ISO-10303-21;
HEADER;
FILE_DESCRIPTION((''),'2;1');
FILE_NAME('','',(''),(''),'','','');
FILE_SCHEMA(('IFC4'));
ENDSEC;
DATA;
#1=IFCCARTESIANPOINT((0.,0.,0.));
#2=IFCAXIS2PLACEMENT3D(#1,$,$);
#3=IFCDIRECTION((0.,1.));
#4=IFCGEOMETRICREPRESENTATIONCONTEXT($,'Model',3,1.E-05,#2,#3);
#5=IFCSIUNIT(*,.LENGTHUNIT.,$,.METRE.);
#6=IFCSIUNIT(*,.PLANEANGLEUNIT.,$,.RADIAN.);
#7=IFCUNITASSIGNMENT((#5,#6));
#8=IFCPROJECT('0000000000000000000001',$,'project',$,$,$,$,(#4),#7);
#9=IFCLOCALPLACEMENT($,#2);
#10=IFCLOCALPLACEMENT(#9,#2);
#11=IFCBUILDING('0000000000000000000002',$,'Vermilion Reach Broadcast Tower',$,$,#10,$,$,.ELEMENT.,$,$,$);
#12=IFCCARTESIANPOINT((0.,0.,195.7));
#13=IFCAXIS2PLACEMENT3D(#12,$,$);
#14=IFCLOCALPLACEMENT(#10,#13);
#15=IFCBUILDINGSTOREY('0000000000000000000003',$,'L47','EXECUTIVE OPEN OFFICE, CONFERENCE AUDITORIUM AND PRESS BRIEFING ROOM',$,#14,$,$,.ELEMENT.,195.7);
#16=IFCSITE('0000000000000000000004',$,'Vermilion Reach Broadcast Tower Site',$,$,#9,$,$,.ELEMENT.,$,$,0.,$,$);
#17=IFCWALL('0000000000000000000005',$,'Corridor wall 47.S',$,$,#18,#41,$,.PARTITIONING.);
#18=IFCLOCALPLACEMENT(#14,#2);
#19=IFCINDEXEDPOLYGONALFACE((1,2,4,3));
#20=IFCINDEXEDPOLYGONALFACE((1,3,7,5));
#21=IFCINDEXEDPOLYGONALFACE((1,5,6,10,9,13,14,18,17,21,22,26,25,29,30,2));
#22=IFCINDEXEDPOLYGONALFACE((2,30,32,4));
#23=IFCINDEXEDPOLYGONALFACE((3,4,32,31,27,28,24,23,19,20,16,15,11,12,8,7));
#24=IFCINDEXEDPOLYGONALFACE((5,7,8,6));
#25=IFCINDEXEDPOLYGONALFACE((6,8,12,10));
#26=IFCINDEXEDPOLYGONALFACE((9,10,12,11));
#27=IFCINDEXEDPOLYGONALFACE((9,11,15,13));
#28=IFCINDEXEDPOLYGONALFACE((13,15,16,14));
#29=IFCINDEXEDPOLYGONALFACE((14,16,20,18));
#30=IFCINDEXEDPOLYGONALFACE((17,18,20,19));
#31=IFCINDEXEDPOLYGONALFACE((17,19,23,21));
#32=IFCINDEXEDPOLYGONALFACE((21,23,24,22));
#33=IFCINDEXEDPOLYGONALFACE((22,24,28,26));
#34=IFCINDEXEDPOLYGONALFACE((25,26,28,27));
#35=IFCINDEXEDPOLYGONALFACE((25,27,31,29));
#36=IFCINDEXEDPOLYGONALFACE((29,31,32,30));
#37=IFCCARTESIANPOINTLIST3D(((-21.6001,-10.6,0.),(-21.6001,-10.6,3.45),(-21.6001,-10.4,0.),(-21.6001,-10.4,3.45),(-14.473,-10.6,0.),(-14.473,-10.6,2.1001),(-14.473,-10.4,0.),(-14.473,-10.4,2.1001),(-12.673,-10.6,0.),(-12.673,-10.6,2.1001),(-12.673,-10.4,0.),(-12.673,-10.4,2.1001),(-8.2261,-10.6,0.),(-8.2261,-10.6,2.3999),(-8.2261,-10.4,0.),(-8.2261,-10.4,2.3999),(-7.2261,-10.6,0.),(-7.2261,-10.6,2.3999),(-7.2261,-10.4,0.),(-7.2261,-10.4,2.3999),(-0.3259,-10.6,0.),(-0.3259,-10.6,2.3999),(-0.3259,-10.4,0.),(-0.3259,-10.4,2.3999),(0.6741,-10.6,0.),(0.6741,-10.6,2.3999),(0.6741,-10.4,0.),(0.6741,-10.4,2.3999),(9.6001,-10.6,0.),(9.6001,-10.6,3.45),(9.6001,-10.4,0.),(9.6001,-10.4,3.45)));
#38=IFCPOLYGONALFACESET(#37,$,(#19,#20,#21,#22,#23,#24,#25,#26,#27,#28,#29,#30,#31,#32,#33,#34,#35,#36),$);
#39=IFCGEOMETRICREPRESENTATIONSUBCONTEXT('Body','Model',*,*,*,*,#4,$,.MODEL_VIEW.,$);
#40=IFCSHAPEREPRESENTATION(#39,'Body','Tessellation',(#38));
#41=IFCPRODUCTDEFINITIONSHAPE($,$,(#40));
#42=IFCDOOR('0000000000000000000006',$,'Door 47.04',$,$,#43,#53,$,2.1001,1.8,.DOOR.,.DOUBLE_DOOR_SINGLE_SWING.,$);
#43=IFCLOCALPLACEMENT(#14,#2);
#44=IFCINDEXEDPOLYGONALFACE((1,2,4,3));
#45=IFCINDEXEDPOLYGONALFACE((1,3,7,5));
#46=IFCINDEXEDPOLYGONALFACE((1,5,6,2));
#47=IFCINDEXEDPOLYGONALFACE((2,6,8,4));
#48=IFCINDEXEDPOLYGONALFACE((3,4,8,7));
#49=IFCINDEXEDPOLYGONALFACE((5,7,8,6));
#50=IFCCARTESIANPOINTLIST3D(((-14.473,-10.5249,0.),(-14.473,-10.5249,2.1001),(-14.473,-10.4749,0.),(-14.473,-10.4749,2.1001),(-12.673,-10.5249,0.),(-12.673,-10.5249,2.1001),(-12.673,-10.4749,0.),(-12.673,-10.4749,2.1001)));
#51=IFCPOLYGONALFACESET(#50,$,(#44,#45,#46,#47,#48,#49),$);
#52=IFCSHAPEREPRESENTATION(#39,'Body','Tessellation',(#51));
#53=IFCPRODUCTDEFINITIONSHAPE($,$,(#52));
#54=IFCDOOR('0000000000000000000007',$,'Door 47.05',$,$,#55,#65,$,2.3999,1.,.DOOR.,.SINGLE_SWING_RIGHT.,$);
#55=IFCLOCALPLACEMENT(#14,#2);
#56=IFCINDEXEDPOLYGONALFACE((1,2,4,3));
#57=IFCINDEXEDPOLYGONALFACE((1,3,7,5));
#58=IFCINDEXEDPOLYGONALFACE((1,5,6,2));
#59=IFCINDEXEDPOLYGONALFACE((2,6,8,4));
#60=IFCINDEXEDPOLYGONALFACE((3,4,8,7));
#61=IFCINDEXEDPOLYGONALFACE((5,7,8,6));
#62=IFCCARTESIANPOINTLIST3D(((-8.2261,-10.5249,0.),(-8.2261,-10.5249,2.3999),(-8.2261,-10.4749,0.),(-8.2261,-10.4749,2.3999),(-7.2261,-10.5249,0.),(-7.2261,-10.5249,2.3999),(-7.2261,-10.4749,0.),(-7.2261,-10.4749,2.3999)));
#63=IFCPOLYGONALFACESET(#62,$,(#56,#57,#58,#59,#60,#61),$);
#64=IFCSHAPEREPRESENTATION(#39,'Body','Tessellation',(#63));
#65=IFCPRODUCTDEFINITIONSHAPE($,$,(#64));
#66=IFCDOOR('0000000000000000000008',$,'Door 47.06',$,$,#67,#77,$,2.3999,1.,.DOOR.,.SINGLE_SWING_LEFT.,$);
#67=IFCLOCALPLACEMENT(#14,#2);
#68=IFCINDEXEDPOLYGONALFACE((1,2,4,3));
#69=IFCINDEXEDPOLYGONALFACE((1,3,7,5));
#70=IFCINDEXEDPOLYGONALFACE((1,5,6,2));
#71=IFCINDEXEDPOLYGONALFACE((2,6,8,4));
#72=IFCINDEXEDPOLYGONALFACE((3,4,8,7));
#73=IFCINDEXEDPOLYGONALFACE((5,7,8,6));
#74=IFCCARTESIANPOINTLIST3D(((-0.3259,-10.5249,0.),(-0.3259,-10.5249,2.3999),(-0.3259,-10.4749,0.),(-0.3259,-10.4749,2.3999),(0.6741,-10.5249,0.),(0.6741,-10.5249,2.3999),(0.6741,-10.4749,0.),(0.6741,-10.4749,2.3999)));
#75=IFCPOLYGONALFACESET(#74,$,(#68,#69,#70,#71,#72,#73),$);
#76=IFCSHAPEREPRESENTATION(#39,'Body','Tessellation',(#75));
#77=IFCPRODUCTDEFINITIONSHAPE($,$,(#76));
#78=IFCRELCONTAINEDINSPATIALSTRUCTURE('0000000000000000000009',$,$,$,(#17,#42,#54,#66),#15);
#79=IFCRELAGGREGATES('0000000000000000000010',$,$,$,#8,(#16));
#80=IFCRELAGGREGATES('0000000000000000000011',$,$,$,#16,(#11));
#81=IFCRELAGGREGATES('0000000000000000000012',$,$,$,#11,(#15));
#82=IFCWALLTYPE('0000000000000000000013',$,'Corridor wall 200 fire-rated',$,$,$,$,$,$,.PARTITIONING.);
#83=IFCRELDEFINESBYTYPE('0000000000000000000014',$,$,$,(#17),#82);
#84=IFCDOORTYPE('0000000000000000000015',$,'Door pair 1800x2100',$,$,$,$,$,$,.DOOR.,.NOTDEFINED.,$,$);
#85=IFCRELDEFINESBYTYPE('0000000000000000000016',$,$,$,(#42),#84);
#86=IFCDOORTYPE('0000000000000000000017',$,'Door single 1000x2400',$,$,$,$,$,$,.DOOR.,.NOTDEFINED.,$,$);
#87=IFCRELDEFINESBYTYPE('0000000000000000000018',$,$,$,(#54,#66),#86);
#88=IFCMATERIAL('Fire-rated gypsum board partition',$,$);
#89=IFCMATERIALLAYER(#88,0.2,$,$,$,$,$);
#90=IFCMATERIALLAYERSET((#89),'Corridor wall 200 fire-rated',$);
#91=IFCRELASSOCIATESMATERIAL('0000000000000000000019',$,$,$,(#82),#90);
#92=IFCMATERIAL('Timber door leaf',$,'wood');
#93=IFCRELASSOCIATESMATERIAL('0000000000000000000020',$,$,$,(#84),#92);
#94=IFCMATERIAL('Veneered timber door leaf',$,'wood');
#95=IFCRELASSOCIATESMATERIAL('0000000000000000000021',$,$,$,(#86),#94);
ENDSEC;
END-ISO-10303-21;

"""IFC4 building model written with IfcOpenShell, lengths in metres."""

from ifc_helpers import new_model, si_unit, direction, frame, frame_2d, origin, place, context, subcontext, project, spatial, rectangle, extrude, material, layer, layer_set, type_object, element, fill, save


model = new_model("IFC4")

# Units and contexts
model_context = context("Model", 3, precision=1e-05, world=origin(), true_north=direction((0.0, 1.0)))
body_context = subcontext(model_context, "Body", "Model", "MODEL_VIEW")
ifc_project = project(units=[si_unit("LENGTHUNIT", "METRE"), si_unit("PLANEANGLEUNIT", "RADIAN")], contexts=[model_context])

# Site, building, storey
site_placement = place(None, origin())
site = spatial("IfcSite", under=ifc_project, at=site_placement, Name="Vermilion Reach Broadcast Tower Site", CompositionType="ELEMENT", RefElevation=0.0)
building_placement = place(site_placement, origin())
building = spatial("IfcBuilding", under=site, at=building_placement, Name="Vermilion Reach Broadcast Tower", CompositionType="ELEMENT")
storey_placement = place(building_placement, frame((0.0, 0.0, 195.7)))
storey = spatial("IfcBuildingStorey", under=building, at=storey_placement, Name="L47", Description="EXECUTIVE OPEN OFFICE, CONFERENCE AUDITORIUM AND PRESS BRIEFING ROOM", CompositionType="ELEMENT", Elevation=195.7)

# Wall, openings, doors
ifc_material_1 = material(Name="Fire-rated gypsum board partition")
ifc_layer_1 = layer(ifc_material_1, 0.2)
ifc_layer_set_1 = layer_set([ifc_layer_1], Name="Corridor wall 200 fire-rated")
wall_type_1 = type_object("IfcWallType", Name="Corridor wall 200 fire-rated", PredefinedType="PARTITIONING", material=ifc_layer_set_1)
wall_1_placement = place(storey_placement, frame((9.6001, -10.5, 0.0), z_axis=(0.0, 0.0, 1.0), x_axis=(-1.0, 0.0, 0.0)))
wall_1 = element("IfcWall", 1, at=wall_1_placement, inside=storey, type_object=wall_type_1, Name="Corridor wall 47.S", PredefinedType="PARTITIONING", context=body_context, shape_type="SweptSolid", body=[
    extrude(rectangle(XDim=31.2002, YDim=0.2, at=frame_2d((15.6001, 0.0))), origin(), (0.0, 0.0, 1.0), 3.45),
])
opening_1_placement = place(wall_1_placement, frame((22.2732, 0.0, 0.0)))
opening_1 = element("IfcOpeningElement", 2, at=opening_1_placement, cuts=wall_1, PredefinedType="OPENING", context=body_context, shape_type="SweptSolid", body=[
    extrude(rectangle(XDim=1.8, YDim=2.1001, at=frame_2d((0.8999, 1.05))), frame((0.0, 0.1099, 0.0), z_axis=(0.0, -1.0, 0.0), x_axis=(1.0, 0.0, 0.0)), (0.0, 0.0, 1.0), 0.22),
])
opening_2_placement = place(wall_1_placement, frame((16.8262, 0.0, 0.0)))
opening_2 = element("IfcOpeningElement", 3, at=opening_2_placement, cuts=wall_1, PredefinedType="OPENING", context=body_context, shape_type="SweptSolid", body=[
    extrude(rectangle(XDim=1.0, YDim=2.3999, at=frame_2d((0.5, 1.2))), frame((0.0, 0.1099, 0.0), z_axis=(0.0, -1.0, 0.0), x_axis=(1.0, 0.0, 0.0)), (0.0, 0.0, 1.0), 0.22),
])
opening_3_placement = place(wall_1_placement, frame((8.926, 0.0, 0.0)))
opening_3 = element("IfcOpeningElement", 4, at=opening_3_placement, cuts=wall_1, PredefinedType="OPENING", context=body_context, shape_type="SweptSolid", body=[
    extrude(rectangle(XDim=1.0, YDim=2.3999, at=frame_2d((0.5, 1.2))), frame((0.0, 0.1099, 0.0), z_axis=(0.0, -1.0, 0.0), x_axis=(1.0, 0.0, 0.0)), (0.0, 0.0, 1.0), 0.22),
])
ifc_material_2 = material(Name="Timber door leaf", Category="wood")
door_type_1 = type_object("IfcDoorType", Name="Door pair 1800x2100", OperationType="NOTDEFINED", PredefinedType="DOOR", material=ifc_material_2)
door_1_placement = place(opening_1_placement, origin())
door_1 = element("IfcDoor", 5, at=door_1_placement, inside=storey, type_object=door_type_1, Name="Door 47.04", OperationType="DOUBLE_DOOR_SINGLE_SWING", OverallHeight=2.1001, OverallWidth=1.8, PredefinedType="DOOR", context=body_context, shape_type="SweptSolid", body=[
    extrude(rectangle(XDim=1.8, YDim=2.1001, at=frame_2d((0.8999, 1.05))), frame((0.0, 0.0249, 0.0), z_axis=(0.0, -1.0, 0.0), x_axis=(1.0, 0.0, 0.0)), (0.0, 0.0, 1.0), 0.05),
])
fill(opening_1, door_1)
ifc_material_3 = material(Name="Veneered timber door leaf", Category="wood")
door_type_2 = type_object("IfcDoorType", Name="Door single 1000x2400", OperationType="NOTDEFINED", PredefinedType="DOOR", material=ifc_material_3)
door_2_placement = place(opening_2_placement, origin())
door_2 = element("IfcDoor", 6, at=door_2_placement, inside=storey, type_object=door_type_2, Name="Door 47.05", OperationType="SINGLE_SWING_RIGHT", OverallHeight=2.3999, OverallWidth=1.0, PredefinedType="DOOR", context=body_context, shape_type="SweptSolid", body=[
    extrude(rectangle(XDim=1.0, YDim=2.3999, at=frame_2d((0.5, 1.2))), frame((0.0, 0.0249, 0.0), z_axis=(0.0, -1.0, 0.0), x_axis=(1.0, 0.0, 0.0)), (0.0, 0.0, 1.0), 0.05),
])
fill(opening_2, door_2)
door_3_placement = place(opening_3_placement, origin())
door_3 = element("IfcDoor", 7, at=door_3_placement, inside=storey, type_object=door_type_2, Name="Door 47.06", OperationType="SINGLE_SWING_LEFT", OverallHeight=2.3999, OverallWidth=1.0, PredefinedType="DOOR", context=body_context, shape_type="SweptSolid", body=[
    extrude(rectangle(XDim=1.0, YDim=2.3999, at=frame_2d((0.5, 1.2))), frame((0.0, 0.0249, 0.0), z_axis=(0.0, -1.0, 0.0), x_axis=(1.0, 0.0, 0.0)), (0.0, 0.0, 1.0), 0.05),
])
fill(opening_3, door_3)

save(model, "model.ifc")
